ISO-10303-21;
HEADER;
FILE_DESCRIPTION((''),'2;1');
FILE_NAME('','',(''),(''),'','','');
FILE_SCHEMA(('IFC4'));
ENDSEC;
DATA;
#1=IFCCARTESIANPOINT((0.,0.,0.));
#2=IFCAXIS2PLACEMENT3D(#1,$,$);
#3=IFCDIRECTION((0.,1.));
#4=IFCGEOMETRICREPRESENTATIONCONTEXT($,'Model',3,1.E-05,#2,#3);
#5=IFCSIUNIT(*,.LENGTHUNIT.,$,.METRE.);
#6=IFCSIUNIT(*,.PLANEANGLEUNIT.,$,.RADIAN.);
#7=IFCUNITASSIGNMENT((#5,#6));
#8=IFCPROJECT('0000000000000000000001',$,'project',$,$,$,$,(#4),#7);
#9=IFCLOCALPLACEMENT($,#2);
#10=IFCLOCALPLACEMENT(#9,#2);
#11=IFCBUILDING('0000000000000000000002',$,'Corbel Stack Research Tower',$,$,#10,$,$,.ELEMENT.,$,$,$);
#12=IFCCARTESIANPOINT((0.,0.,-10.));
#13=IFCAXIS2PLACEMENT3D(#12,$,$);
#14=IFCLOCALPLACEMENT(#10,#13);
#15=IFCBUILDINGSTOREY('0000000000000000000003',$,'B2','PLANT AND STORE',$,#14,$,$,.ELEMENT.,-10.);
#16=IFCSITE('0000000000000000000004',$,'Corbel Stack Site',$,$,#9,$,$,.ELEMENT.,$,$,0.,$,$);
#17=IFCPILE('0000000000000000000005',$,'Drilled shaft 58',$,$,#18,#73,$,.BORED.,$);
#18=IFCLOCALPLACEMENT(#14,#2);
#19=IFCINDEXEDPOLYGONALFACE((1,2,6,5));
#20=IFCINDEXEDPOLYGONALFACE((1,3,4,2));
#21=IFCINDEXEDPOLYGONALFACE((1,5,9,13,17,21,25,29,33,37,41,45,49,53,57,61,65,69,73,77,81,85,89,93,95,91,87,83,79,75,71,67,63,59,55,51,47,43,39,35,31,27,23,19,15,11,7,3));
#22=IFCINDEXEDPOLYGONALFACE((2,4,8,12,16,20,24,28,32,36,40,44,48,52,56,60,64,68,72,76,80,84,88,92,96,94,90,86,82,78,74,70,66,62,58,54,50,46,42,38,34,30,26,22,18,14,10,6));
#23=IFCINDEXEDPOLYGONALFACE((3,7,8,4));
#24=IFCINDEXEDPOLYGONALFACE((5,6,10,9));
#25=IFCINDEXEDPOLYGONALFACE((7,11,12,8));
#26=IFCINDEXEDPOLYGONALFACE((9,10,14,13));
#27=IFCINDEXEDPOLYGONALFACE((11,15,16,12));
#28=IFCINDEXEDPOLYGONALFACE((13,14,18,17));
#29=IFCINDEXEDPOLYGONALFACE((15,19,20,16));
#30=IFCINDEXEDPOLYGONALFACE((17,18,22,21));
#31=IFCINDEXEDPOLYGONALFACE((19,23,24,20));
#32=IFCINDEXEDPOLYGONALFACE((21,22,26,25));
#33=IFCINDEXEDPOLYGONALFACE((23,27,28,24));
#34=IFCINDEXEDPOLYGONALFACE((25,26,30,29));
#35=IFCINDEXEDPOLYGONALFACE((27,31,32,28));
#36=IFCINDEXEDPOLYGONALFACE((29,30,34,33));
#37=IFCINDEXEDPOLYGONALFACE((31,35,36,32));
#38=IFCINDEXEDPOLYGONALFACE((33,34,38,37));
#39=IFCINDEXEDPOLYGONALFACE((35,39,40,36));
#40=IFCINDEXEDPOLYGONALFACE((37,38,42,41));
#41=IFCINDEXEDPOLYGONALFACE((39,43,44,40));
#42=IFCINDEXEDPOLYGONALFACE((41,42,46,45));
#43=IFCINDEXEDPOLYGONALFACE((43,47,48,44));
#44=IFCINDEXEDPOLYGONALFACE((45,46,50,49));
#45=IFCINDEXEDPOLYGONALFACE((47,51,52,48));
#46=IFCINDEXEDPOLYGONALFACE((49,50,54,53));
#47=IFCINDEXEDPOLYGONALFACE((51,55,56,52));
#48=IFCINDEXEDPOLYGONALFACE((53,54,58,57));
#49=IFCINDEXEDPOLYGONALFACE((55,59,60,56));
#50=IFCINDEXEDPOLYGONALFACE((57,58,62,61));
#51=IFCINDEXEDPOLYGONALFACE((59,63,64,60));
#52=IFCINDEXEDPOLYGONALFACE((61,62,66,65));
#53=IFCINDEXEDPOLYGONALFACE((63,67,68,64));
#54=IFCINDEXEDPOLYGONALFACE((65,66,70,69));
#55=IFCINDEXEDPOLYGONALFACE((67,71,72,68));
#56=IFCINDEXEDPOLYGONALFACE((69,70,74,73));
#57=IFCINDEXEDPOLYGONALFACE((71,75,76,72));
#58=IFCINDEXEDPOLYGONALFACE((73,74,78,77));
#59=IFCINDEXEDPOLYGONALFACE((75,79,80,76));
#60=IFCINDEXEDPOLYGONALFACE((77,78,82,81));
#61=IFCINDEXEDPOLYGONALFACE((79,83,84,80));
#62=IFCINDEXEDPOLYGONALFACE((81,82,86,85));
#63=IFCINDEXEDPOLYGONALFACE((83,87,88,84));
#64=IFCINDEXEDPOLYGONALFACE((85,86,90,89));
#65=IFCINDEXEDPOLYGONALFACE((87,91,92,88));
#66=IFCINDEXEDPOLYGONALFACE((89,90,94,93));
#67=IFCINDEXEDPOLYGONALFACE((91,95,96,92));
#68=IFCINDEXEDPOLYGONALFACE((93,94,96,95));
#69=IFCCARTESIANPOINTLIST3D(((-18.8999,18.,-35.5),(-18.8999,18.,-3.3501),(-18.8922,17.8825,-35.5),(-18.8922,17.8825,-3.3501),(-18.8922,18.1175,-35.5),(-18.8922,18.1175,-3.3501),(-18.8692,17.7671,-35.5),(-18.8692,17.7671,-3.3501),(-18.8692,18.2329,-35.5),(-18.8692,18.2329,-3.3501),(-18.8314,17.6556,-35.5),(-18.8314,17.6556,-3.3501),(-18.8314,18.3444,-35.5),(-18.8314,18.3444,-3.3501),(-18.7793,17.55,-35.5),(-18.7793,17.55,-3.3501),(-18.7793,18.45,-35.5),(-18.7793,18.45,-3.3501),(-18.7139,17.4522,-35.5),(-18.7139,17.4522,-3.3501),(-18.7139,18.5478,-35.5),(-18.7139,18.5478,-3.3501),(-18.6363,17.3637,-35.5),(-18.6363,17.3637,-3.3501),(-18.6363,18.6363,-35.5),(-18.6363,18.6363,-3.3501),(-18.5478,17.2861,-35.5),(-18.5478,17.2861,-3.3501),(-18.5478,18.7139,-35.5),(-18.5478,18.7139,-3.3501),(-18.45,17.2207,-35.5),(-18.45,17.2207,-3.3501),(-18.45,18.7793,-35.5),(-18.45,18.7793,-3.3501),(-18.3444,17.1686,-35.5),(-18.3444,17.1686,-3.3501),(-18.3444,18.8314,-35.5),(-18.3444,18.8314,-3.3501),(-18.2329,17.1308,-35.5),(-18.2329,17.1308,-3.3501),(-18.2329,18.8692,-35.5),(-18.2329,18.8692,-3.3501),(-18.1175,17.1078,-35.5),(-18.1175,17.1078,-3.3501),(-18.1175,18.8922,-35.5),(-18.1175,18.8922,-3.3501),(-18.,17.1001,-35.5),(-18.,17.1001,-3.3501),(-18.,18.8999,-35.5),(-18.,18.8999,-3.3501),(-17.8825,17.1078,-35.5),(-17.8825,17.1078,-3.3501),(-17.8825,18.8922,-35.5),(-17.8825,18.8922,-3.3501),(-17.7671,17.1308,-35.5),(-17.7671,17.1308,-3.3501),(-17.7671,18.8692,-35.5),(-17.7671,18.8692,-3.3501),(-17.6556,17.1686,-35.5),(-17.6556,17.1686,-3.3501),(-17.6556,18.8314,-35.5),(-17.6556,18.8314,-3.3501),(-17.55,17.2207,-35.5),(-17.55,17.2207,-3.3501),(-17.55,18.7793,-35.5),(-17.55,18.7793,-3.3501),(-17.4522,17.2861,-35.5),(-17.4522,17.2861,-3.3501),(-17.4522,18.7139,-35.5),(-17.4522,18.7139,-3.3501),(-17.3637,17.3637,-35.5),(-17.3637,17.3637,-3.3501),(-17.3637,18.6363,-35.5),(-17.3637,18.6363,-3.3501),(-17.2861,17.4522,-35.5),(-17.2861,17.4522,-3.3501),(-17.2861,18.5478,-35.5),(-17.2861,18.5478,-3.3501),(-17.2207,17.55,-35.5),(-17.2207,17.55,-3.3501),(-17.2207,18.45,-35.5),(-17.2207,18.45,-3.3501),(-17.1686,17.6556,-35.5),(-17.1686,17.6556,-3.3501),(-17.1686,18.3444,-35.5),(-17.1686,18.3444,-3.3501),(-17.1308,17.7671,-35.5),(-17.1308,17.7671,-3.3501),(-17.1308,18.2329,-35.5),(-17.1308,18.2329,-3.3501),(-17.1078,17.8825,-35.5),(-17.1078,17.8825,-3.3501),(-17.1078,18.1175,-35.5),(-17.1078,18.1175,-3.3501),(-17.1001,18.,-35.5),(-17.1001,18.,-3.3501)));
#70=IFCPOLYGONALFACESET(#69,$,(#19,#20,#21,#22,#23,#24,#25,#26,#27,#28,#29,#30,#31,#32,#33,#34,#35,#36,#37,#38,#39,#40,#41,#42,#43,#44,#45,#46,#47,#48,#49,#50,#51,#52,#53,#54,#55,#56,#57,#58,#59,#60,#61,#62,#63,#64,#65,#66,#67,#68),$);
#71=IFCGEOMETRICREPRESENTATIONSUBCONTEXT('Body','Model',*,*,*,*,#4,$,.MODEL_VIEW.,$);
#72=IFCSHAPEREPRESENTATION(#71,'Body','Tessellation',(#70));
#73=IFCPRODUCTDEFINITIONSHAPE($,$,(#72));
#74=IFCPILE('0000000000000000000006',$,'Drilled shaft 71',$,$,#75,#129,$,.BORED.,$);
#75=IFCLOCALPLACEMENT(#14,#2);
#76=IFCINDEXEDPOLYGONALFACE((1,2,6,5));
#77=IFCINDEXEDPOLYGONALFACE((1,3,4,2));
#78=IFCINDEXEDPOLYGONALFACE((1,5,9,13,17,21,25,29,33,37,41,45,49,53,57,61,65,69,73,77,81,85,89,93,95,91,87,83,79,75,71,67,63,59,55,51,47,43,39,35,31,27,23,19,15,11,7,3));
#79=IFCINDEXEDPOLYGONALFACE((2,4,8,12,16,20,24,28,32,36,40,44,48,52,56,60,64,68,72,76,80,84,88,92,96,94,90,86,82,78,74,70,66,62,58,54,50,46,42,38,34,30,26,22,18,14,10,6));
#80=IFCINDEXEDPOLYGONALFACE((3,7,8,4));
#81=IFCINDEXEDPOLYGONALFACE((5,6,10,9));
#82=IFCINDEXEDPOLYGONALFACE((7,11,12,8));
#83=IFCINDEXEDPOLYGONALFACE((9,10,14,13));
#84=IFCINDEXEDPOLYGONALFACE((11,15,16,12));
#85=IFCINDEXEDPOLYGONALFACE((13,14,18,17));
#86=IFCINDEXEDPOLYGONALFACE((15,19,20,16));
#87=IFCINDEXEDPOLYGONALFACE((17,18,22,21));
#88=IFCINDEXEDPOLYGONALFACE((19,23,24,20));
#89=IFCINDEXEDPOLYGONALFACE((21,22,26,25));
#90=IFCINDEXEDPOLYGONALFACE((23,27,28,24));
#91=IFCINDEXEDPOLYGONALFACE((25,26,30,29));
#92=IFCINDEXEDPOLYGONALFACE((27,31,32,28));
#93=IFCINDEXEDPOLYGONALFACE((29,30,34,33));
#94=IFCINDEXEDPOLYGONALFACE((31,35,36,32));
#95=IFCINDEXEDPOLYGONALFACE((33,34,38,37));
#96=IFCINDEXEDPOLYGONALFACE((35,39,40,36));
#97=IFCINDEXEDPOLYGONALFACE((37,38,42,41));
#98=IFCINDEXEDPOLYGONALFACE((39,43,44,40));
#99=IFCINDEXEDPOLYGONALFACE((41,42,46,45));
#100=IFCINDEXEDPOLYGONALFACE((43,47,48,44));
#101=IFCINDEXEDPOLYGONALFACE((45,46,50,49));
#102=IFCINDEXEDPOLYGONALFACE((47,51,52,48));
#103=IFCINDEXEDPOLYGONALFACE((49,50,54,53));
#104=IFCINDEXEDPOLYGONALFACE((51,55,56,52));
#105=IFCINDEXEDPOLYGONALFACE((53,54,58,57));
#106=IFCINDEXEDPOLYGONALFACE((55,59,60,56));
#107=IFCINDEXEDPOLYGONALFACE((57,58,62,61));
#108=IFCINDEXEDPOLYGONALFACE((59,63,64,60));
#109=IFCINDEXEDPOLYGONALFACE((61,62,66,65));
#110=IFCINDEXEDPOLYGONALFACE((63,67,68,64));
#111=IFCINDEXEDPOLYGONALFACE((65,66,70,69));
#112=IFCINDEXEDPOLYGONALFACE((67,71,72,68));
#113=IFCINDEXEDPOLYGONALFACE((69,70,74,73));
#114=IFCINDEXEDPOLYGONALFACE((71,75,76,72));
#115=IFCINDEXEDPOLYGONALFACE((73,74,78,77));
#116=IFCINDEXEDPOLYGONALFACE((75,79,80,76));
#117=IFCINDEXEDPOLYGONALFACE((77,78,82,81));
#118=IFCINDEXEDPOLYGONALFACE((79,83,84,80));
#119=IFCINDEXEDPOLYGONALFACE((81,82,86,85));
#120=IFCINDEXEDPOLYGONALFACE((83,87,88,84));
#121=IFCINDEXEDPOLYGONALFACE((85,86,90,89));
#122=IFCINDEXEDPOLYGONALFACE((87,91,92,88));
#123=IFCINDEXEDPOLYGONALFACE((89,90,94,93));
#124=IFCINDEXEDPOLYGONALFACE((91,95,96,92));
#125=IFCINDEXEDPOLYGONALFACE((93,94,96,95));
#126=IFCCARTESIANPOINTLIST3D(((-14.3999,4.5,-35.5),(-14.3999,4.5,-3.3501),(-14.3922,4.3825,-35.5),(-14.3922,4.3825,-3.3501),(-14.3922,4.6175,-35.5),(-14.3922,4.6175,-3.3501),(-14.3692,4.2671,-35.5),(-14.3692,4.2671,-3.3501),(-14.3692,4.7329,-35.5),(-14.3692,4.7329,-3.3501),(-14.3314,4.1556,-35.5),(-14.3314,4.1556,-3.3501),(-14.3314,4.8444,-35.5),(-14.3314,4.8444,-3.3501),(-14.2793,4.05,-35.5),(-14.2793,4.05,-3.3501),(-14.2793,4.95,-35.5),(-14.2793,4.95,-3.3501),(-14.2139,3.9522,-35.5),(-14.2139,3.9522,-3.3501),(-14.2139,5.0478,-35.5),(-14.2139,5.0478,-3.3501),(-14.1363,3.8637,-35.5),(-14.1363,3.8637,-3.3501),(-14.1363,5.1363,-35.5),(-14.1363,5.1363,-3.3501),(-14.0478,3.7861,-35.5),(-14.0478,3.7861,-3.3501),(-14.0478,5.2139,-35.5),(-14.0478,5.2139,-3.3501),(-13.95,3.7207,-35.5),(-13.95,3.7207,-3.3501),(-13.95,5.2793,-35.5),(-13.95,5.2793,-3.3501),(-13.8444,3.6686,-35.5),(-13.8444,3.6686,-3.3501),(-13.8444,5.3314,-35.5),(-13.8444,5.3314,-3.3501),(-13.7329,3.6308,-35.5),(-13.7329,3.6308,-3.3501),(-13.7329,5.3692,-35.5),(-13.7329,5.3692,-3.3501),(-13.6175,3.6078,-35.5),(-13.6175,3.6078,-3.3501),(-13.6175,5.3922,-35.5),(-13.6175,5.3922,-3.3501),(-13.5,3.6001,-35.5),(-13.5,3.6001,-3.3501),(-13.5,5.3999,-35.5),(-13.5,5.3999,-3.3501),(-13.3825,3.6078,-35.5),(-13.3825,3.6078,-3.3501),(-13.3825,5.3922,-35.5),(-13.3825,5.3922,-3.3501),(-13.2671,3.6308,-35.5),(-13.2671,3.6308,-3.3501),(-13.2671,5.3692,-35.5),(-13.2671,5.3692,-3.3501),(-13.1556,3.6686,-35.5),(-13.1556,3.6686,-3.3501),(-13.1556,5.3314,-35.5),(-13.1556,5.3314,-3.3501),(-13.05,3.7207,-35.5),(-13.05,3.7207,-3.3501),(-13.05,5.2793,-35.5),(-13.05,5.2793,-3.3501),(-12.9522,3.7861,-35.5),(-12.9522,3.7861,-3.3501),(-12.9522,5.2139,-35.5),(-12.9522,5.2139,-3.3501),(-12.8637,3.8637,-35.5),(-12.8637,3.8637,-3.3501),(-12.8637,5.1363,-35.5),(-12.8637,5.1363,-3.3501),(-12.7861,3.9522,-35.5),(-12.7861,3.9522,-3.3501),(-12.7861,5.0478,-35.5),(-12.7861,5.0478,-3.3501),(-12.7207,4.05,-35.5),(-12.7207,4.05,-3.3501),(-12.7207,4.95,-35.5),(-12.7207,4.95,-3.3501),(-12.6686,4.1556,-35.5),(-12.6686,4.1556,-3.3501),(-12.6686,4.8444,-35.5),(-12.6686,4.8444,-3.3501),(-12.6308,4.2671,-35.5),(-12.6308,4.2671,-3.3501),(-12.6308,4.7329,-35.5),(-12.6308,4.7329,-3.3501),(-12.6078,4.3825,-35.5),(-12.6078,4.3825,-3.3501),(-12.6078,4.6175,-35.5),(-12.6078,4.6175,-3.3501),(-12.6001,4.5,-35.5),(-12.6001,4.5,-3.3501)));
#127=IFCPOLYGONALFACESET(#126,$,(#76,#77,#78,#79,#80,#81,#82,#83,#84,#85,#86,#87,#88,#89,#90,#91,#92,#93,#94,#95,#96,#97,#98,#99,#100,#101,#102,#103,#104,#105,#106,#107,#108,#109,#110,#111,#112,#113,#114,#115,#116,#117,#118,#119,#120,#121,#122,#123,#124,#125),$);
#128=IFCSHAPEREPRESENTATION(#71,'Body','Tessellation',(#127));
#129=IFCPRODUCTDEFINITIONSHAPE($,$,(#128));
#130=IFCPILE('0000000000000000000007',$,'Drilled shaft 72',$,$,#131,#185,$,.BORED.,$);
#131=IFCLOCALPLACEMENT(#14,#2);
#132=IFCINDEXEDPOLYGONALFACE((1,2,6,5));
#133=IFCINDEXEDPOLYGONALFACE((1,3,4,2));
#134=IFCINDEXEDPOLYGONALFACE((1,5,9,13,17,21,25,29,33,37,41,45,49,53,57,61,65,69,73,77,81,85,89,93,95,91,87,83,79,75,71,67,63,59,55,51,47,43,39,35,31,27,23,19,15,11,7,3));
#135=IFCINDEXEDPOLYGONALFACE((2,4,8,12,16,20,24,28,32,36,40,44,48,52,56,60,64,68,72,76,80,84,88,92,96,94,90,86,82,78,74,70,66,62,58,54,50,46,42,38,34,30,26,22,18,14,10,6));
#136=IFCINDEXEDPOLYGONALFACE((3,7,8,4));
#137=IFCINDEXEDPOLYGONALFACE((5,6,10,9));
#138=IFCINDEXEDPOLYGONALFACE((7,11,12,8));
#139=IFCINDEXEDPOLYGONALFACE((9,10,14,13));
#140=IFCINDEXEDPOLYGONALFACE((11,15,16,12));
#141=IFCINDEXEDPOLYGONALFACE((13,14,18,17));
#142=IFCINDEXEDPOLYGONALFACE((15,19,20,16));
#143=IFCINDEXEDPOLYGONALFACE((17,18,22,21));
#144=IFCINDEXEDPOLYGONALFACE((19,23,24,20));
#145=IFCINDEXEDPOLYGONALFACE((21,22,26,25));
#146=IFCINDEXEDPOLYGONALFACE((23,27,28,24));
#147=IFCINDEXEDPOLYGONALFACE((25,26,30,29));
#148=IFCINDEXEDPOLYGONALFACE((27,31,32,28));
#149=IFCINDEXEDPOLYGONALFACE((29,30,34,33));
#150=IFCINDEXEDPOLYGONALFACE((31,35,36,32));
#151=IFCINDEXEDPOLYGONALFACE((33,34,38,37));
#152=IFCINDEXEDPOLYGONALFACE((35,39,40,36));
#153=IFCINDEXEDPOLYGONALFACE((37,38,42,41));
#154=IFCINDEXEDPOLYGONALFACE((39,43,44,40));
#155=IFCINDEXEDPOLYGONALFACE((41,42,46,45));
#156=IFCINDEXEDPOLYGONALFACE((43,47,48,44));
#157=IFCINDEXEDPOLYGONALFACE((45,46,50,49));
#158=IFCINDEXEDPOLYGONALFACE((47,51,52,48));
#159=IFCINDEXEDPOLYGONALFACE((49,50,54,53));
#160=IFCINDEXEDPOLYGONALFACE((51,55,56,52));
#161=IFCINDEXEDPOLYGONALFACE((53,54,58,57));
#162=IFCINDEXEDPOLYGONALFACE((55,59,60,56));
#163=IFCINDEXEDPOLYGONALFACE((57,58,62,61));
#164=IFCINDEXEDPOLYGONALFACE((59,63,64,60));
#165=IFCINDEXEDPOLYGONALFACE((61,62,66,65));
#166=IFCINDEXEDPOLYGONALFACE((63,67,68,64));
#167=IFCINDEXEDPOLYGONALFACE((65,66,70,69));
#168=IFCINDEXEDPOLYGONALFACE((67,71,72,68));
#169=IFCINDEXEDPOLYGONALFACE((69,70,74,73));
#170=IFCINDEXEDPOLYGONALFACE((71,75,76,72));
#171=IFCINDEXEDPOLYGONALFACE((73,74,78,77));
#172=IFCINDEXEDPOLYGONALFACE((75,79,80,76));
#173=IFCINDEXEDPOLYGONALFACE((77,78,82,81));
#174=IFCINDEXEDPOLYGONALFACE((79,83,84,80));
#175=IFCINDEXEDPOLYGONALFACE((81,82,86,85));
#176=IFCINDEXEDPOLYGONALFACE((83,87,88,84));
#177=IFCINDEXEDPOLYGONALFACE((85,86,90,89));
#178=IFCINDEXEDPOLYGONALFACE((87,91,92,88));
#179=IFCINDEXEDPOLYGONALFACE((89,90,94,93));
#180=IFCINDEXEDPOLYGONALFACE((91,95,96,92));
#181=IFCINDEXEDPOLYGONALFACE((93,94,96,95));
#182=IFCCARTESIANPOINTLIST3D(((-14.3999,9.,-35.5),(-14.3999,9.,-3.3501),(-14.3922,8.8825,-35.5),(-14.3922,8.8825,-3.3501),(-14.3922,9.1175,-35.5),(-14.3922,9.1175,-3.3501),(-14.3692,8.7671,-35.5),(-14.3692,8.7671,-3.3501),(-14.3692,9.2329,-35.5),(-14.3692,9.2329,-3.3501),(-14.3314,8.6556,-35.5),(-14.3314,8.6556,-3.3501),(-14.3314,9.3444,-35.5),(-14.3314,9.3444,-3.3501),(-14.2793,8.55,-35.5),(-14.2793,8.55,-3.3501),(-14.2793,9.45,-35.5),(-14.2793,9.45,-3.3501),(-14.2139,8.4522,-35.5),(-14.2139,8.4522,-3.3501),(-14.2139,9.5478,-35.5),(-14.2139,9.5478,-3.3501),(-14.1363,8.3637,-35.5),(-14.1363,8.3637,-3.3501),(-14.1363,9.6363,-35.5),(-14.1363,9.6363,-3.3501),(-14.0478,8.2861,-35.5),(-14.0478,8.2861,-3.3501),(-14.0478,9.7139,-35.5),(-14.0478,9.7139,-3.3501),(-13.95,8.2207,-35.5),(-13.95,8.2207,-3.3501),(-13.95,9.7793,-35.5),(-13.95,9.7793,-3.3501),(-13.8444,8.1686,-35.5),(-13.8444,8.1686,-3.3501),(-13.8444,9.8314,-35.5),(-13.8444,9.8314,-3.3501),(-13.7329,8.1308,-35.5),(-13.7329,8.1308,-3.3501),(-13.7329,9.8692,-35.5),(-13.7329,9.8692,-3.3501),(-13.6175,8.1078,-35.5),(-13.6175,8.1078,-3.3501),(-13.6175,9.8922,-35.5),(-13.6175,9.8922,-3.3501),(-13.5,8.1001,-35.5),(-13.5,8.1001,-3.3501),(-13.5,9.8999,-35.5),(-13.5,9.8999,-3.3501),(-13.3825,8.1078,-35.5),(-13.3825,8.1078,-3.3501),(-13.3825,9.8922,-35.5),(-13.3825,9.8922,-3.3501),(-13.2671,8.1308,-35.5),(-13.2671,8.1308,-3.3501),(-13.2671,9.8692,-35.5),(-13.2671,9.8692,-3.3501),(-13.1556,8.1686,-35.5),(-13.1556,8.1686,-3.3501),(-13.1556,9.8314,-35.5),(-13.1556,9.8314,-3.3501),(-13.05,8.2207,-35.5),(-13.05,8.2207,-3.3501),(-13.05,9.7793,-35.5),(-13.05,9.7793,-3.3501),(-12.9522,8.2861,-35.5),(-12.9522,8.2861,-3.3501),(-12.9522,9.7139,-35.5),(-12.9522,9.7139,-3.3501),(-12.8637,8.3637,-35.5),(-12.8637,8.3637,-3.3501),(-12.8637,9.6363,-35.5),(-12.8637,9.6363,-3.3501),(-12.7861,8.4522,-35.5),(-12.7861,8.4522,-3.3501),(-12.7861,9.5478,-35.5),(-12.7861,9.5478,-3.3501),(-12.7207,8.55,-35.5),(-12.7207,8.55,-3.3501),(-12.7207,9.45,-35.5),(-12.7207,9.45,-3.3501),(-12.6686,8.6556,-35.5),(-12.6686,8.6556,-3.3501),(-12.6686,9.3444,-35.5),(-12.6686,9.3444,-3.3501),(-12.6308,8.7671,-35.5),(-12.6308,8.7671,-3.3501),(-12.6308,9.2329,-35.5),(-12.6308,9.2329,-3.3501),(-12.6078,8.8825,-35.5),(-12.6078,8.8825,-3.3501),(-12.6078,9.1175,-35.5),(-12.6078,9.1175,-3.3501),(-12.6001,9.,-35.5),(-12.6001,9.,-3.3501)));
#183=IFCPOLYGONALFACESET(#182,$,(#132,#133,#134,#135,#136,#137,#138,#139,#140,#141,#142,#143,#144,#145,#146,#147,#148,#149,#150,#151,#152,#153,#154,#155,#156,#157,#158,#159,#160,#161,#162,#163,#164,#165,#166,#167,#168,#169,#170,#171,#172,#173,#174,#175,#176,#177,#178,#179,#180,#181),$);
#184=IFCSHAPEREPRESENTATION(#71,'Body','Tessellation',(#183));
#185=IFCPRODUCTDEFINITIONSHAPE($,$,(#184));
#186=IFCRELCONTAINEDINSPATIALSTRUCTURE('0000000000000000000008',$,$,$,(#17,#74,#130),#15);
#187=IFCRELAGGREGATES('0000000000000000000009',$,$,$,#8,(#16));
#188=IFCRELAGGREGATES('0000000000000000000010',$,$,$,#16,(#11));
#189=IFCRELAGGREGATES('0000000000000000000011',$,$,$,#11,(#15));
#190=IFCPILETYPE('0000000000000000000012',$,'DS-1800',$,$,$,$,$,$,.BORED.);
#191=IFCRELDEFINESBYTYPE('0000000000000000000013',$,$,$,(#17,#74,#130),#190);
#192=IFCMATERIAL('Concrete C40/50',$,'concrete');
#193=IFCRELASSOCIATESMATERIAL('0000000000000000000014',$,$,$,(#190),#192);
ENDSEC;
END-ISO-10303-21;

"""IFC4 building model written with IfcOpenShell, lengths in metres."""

from ifc_helpers import new_model, si_unit, direction, frame, origin, origin_2d, place, context, subcontext, project, spatial, circle, extrude, material, material_profile, profile_set, type_object, element, save


model = new_model("IFC4")

# Units and contexts
model_context = context("Model", 3, precision=1e-05, world=origin(), true_north=direction((0.0, 1.0)))
body_context = subcontext(model_context, "Body", "Model", "MODEL_VIEW")
ifc_project = project(units=[si_unit("LENGTHUNIT", "METRE"), si_unit("PLANEANGLEUNIT", "RADIAN")], contexts=[model_context])

# Site, building, storey
site_placement = place(None, origin())
site = spatial("IfcSite", under=ifc_project, at=site_placement, Name="Corbel Stack Site", CompositionType="ELEMENT", RefElevation=0.0)
building_placement = place(site_placement, origin())
building = spatial("IfcBuilding", under=site, at=building_placement, Name="Corbel Stack Research Tower", CompositionType="ELEMENT")
storey_placement = place(building_placement, frame((0.0, 0.0, -10.0)))
storey = spatial("IfcBuildingStorey", under=building, at=storey_placement, Name="B2", Description="PLANT AND STORE", CompositionType="ELEMENT", Elevation=-10.0)

# Piles
ifc_material_1 = material(Name="Concrete C40/50", Category="concrete")
ifc_material_profile_1 = material_profile(ifc_material_1, circle(Radius=0.8999, at=origin_2d()), Name="Shaft 1800")
ifc_profile_set_1 = profile_set([ifc_material_profile_1], Name="Concrete C40/50")
pile_type = type_object("IfcPileType", Name="DS-1800", PredefinedType="BORED", material=ifc_profile_set_1)
for number, where, z_axis, x_axis, name in (
    (1, (-18.0, 18.0, -3.3501), (0.0, 0.0, -1.0), (1.0, 0.0, 0.0), "Drilled shaft 58"),
    (2, (-13.5, 4.5, -3.3501), (0.0, 0.0, -1.0), (1.0, 0.0, 0.0), "Drilled shaft 71"),
    (3, (-13.5, 9.0, -3.3501), (0.0, 0.0, -1.0), (1.0, 0.0, 0.0), "Drilled shaft 72"),
):
    element("IfcPile", number, at=place(storey_placement, frame(where, z_axis=z_axis, x_axis=x_axis)), inside=storey, type_object=pile_type, Name=name, PredefinedType="BORED", context=body_context, shape_type="SweptSolid", body=[
        extrude(circle(Radius=0.8999, at=origin_2d()), origin(), (0.0, 0.0, 1.0), 32.1499),
    ])

save(model, "model.ifc")
